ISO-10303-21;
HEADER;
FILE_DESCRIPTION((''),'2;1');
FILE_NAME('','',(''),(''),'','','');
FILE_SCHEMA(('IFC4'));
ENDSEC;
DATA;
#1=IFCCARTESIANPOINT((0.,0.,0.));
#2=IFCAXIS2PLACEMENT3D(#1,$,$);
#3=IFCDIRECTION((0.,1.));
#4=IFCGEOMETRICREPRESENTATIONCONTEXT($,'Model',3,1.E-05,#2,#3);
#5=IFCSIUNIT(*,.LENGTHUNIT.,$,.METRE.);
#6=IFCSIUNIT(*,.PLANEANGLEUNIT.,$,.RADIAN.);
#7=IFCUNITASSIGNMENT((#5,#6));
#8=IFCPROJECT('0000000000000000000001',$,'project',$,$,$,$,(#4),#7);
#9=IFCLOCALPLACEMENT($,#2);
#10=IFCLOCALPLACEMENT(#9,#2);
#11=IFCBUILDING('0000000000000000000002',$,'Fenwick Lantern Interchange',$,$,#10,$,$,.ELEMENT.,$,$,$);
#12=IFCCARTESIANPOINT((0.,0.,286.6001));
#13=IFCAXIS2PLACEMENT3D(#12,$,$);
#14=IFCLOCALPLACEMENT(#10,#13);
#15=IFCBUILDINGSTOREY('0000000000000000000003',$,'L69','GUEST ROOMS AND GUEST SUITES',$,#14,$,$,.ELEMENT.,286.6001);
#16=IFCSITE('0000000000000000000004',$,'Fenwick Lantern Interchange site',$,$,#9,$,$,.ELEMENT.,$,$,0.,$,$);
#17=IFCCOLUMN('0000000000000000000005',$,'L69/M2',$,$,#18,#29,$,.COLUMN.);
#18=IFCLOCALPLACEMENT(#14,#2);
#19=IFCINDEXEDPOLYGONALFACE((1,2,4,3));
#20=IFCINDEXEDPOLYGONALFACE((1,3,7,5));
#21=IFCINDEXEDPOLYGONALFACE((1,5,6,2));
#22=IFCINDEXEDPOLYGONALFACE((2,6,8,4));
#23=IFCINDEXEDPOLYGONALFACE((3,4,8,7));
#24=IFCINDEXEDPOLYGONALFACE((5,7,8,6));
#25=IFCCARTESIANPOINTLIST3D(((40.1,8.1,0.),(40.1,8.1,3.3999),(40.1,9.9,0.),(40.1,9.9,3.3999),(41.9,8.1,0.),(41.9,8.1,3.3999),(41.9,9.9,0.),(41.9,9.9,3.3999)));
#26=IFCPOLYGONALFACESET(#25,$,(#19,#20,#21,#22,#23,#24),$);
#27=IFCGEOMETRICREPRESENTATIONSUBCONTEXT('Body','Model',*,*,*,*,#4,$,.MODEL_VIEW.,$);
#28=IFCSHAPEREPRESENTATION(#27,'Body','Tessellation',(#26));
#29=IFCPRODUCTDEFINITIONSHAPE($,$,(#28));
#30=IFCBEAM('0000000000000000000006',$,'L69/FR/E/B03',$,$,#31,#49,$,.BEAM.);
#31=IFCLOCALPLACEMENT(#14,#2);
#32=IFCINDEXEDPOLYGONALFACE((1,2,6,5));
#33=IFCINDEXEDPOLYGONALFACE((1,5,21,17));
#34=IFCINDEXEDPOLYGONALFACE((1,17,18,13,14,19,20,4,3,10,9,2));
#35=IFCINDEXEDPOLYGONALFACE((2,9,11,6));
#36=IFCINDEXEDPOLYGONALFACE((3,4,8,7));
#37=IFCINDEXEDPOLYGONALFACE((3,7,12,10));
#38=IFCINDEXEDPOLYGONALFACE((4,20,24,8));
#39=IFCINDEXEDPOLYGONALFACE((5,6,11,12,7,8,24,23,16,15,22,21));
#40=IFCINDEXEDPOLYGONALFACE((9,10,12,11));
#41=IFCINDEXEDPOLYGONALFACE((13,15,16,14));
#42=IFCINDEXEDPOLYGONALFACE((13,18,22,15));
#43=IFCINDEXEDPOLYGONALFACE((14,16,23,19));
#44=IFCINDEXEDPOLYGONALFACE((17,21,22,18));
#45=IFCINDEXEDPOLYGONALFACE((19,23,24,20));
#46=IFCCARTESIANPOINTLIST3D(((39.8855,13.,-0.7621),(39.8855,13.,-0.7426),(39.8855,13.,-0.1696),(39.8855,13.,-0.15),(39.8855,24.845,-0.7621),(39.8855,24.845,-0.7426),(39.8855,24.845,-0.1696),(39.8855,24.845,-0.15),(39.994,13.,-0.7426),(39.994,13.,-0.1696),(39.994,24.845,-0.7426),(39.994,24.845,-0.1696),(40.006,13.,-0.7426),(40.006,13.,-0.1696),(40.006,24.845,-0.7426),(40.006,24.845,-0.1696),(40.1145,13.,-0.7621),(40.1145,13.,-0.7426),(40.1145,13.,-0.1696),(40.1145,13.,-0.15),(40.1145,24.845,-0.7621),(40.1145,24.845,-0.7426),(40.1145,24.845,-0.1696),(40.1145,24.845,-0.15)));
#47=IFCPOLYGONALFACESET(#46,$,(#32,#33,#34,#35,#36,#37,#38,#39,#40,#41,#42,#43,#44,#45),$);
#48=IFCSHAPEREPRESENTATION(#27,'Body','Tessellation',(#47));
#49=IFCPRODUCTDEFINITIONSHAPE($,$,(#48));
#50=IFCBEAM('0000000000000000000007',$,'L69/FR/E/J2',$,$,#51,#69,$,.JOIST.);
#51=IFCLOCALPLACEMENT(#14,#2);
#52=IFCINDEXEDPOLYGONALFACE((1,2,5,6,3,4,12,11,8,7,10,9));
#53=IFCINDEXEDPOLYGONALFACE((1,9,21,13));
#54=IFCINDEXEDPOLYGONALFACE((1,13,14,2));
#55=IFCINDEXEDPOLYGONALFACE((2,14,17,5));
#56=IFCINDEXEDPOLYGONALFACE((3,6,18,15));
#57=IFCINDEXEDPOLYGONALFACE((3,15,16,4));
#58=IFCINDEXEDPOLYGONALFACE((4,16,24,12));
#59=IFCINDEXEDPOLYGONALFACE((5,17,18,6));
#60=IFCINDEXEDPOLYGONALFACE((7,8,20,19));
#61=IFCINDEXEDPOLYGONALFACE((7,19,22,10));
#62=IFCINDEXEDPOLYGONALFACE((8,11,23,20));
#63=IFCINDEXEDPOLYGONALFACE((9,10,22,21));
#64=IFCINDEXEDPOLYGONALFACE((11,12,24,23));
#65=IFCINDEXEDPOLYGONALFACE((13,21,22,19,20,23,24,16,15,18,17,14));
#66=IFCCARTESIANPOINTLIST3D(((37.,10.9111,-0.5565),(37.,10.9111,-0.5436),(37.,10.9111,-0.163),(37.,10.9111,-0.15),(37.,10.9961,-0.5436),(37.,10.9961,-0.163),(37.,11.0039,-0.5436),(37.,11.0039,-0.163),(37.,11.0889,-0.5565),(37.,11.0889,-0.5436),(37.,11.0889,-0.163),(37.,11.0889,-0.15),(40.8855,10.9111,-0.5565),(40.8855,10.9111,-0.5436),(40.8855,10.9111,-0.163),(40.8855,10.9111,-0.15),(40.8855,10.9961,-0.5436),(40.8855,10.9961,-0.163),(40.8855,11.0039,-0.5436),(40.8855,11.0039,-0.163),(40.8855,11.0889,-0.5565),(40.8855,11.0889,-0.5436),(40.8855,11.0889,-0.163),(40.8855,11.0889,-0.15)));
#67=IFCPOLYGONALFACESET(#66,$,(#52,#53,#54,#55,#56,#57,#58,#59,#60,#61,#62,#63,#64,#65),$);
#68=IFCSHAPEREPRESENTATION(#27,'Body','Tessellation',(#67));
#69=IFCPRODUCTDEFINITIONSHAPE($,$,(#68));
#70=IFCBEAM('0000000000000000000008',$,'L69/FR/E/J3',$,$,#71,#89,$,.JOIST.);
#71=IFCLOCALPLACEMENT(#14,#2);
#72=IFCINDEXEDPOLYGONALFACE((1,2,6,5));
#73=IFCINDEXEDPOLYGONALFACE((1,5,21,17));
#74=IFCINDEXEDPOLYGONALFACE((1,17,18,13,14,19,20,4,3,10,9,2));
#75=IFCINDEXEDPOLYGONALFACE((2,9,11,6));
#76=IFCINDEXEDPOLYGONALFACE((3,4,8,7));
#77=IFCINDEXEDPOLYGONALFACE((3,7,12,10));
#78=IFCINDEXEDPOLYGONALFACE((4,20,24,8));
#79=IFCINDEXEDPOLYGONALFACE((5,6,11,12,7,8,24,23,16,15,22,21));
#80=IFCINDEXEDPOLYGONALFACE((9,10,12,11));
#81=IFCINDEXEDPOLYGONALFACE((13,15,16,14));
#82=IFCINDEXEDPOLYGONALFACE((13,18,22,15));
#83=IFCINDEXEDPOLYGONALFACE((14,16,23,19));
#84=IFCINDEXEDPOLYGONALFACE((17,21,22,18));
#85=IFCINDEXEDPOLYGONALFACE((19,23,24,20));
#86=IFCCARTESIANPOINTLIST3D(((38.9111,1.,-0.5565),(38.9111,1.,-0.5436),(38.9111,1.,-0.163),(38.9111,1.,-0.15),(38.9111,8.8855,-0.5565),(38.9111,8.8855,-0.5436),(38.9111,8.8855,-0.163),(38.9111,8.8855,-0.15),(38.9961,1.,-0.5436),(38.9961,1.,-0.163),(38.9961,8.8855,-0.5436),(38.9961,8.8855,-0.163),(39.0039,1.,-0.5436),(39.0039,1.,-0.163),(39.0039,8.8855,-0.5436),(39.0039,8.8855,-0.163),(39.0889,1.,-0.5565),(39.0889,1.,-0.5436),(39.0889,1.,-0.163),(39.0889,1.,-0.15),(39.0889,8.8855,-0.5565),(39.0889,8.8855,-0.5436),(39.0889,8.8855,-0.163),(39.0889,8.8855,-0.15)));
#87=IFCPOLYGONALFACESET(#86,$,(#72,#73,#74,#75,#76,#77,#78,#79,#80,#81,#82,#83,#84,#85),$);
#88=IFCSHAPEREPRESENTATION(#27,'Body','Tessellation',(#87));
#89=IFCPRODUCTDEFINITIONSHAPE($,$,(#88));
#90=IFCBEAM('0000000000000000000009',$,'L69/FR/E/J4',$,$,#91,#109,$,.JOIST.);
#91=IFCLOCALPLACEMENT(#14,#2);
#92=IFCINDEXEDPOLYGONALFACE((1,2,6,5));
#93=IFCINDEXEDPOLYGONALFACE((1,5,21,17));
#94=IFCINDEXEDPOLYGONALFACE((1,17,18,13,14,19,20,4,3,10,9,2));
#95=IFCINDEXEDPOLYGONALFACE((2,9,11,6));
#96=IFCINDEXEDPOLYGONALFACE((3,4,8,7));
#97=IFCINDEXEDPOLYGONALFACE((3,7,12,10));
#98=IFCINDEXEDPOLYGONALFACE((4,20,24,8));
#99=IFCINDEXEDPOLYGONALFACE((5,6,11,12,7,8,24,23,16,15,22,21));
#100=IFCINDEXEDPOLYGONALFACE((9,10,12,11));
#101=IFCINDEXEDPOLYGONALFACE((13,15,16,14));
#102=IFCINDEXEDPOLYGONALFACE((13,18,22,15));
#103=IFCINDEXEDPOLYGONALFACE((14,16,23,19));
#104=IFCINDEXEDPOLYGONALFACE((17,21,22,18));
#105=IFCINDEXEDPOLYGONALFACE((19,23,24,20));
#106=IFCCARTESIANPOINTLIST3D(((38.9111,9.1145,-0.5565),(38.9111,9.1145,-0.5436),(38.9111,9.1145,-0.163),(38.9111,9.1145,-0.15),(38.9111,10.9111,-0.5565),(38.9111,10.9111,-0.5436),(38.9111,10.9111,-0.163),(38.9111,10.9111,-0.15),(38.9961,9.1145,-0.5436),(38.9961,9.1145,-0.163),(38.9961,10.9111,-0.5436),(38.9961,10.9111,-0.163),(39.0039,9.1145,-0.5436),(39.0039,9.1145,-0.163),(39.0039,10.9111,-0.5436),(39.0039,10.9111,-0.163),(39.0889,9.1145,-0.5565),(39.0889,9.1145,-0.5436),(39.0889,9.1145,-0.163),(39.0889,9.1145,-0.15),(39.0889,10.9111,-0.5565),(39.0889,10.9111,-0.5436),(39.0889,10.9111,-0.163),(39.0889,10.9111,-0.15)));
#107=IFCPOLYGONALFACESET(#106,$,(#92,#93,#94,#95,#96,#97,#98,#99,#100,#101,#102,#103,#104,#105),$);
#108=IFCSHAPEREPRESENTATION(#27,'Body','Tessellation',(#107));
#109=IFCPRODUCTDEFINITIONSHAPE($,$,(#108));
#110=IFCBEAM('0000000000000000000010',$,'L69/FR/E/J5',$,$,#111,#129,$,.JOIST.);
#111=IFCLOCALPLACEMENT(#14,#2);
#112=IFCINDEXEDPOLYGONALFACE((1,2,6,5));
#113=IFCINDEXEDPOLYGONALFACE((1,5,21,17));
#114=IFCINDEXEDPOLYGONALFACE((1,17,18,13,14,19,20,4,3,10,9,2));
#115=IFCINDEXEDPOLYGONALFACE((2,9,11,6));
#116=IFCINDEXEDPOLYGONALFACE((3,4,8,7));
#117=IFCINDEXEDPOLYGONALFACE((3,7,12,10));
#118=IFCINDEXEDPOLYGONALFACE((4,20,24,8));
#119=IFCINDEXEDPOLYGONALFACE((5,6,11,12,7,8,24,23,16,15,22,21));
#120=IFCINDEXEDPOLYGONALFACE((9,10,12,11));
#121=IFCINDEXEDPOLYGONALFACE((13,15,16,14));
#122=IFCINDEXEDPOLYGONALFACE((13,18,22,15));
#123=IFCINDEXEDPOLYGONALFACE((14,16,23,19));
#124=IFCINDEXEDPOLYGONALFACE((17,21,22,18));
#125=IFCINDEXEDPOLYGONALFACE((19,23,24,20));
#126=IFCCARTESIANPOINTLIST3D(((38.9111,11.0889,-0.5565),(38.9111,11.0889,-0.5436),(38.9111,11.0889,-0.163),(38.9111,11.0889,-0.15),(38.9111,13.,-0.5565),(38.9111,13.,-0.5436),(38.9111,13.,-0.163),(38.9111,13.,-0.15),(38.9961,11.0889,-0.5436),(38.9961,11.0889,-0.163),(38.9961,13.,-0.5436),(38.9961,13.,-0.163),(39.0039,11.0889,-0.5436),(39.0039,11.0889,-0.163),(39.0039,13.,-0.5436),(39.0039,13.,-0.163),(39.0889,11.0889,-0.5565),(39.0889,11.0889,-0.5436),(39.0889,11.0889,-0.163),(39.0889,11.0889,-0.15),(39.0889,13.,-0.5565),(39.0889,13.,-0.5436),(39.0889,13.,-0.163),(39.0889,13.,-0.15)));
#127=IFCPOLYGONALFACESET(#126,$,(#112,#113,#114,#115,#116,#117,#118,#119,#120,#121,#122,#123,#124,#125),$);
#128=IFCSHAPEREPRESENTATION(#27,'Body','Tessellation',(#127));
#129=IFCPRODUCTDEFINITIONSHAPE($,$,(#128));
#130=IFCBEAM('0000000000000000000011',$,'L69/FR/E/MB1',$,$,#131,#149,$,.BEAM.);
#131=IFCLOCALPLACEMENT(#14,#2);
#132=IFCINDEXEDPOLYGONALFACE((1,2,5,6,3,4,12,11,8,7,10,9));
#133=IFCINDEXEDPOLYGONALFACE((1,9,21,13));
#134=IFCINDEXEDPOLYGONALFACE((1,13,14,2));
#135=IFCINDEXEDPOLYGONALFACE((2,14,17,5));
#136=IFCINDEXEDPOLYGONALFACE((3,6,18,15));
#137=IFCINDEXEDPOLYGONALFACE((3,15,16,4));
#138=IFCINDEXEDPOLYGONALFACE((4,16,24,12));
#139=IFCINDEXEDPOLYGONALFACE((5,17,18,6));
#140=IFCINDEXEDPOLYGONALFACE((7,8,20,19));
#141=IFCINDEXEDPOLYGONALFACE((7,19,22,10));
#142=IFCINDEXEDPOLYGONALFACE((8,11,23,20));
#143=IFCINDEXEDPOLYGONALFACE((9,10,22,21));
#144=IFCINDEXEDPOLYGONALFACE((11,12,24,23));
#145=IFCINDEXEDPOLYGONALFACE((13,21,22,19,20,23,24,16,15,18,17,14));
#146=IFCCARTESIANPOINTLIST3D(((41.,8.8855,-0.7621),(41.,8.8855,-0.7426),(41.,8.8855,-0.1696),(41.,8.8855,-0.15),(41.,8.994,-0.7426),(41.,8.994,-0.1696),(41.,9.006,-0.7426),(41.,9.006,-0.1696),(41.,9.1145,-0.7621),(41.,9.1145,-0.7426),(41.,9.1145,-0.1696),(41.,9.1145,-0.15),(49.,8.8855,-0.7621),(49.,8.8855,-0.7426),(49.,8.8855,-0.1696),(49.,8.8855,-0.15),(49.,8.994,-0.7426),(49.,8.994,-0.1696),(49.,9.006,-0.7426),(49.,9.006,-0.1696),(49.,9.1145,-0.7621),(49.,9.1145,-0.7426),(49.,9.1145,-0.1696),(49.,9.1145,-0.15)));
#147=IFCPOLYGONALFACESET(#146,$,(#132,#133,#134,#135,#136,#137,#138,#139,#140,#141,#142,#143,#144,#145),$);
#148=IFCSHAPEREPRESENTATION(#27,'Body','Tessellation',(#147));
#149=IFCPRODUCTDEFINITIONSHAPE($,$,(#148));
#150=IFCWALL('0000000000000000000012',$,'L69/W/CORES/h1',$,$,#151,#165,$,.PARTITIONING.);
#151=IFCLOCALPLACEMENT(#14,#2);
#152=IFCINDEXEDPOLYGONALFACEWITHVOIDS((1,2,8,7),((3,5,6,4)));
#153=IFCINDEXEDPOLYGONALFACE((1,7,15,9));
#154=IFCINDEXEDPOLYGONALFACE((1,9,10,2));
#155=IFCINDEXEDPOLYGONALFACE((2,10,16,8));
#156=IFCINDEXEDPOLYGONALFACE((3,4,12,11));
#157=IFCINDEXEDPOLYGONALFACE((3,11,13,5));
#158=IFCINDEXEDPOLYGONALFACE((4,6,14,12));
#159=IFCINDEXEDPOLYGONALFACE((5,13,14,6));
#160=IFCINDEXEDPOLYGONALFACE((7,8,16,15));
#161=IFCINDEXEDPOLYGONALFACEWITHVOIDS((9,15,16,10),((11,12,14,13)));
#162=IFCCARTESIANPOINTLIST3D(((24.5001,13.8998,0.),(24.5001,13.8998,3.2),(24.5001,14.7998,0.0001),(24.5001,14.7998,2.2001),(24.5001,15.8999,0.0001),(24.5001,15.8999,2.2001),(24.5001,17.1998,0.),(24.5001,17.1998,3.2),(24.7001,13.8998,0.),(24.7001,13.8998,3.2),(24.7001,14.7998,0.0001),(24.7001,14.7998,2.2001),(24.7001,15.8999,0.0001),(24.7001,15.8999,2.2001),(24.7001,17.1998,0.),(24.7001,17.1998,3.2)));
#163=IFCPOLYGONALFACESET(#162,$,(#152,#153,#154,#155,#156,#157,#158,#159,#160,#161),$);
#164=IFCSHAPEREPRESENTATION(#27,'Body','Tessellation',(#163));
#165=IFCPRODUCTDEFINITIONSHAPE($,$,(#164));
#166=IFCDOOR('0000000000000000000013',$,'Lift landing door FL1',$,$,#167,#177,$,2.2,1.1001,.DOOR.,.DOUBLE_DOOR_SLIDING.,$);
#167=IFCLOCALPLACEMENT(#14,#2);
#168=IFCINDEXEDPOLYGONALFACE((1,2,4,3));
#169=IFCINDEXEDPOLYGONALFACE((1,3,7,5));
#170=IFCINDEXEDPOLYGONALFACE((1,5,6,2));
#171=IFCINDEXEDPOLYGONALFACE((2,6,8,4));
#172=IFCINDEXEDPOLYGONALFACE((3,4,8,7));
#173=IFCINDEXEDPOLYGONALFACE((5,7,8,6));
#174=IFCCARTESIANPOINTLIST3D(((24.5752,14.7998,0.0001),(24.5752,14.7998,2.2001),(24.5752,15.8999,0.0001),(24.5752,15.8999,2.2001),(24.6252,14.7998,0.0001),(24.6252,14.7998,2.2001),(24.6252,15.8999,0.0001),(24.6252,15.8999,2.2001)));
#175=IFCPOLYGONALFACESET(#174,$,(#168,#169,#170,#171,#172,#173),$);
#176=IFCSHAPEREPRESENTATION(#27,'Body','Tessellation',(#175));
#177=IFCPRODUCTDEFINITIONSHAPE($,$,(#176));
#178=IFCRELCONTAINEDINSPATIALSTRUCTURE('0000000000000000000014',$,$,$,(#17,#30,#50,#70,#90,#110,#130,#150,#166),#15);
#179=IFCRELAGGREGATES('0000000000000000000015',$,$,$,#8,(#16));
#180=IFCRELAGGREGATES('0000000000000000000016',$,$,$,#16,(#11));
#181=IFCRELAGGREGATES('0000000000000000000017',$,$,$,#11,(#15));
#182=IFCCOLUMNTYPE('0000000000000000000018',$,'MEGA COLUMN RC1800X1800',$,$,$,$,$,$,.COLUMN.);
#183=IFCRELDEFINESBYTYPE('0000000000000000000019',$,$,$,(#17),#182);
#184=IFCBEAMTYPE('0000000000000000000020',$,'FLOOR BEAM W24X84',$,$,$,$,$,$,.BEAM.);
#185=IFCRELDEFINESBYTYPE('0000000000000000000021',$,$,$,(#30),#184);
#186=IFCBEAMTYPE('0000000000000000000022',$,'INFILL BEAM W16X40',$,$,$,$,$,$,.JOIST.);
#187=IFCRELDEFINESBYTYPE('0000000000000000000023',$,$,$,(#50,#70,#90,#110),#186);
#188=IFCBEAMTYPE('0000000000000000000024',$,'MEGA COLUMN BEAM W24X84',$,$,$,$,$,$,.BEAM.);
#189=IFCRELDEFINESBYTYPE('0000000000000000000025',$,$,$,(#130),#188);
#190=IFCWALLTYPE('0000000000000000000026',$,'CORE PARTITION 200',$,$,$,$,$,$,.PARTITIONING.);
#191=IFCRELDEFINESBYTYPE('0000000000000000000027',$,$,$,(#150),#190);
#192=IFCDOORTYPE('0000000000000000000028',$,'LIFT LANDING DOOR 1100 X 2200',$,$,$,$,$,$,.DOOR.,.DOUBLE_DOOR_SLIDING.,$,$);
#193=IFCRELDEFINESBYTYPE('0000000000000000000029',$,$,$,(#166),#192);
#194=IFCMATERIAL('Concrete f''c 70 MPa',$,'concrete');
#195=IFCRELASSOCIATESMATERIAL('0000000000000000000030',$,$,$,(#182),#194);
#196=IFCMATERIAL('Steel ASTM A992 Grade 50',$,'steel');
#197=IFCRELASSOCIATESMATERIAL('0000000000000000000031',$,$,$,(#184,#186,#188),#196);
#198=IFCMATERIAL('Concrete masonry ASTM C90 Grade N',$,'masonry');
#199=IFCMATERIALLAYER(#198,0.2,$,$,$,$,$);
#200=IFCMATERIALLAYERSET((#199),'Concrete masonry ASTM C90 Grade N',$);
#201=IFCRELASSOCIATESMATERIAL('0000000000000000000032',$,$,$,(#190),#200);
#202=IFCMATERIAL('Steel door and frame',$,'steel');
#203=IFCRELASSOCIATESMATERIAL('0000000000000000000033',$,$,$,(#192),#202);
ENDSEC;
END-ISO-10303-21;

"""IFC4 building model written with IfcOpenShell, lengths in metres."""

from ifc_helpers import new_model, si_unit, direction, frame, frame_2d, origin, origin_2d, place, context, subcontext, project, spatial, rectangle, i_section, extrude, material, layer, layer_set, material_profile, profile_set, type_object, element, fill, save


model = new_model("IFC4")

# Units and contexts
model_context = context("Model", 3, precision=1e-05, world=origin(), true_north=direction((0.0, 1.0)))
body_context = subcontext(model_context, "Body", "Model", "MODEL_VIEW")
ifc_project = project(units=[si_unit("LENGTHUNIT", "METRE"), si_unit("PLANEANGLEUNIT", "RADIAN")], contexts=[model_context])

# Site, building, storey
site_placement = place(None, origin())
site = spatial("IfcSite", under=ifc_project, at=site_placement, Name="Fenwick Lantern Interchange site", CompositionType="ELEMENT", RefElevation=0.0)
building_placement = place(site_placement, origin())
building = spatial("IfcBuilding", under=site, at=building_placement, Name="Fenwick Lantern Interchange", CompositionType="ELEMENT")
storey_placement = place(building_placement, frame((0.0, 0.0, 286.6001)))
storey = spatial("IfcBuildingStorey", under=building, at=storey_placement, Name="L69", Description="GUEST ROOMS AND GUEST SUITES", CompositionType="ELEMENT", Elevation=286.6001)

# Column
ifc_material_1 = material(Name="Concrete f'c 70 MPa", Category="concrete")
ifc_material_profile_1 = material_profile(ifc_material_1, rectangle(XDim=1.8, YDim=1.8, at=origin_2d()), Name="RC1800X1800")
ifc_profile_set_1 = profile_set([ifc_material_profile_1], Name="Concrete f'c 70 MPa")
column_type = type_object("IfcColumnType", Name="MEGA COLUMN RC1800X1800", PredefinedType="COLUMN", material=ifc_profile_set_1)
column_placement = place(storey_placement, frame((41.0, 9.0, 0.0), z_axis=(0.0, 0.0, 1.0), x_axis=(1.0, 0.0, 0.0)))
element("IfcColumn", 1, at=column_placement, inside=storey, type_object=column_type, Name="L69/M2", PredefinedType="COLUMN", context=body_context, shape_type="SweptSolid", body=[
    extrude(rectangle(XDim=1.8, YDim=1.8, at=origin_2d()), origin(), (0.0, 0.0, 1.0), 3.3999),
])

# Beams
ifc_material_2 = material(Name="Steel ASTM A992 Grade 50", Category="steel")
ifc_material_profile_2 = material_profile(ifc_material_2, i_section(OverallWidth=0.229, OverallDepth=0.6121, WebThickness=0.012, FlangeThickness=0.0195, at=origin_2d()), Name="W24X84")
ifc_profile_set_2 = profile_set([ifc_material_profile_2], Name="Steel ASTM A992 Grade 50")
beam_type_1 = type_object("IfcBeamType", Name="FLOOR BEAM W24X84", PredefinedType="BEAM", material=ifc_profile_set_2)
beam_1_placement = place(storey_placement, frame((40.0, 13.0, -0.4561), z_axis=(0.0, 1.0, 0.0), x_axis=(-1.0, 0.0, 0.0)))
element("IfcBeam", 2, at=beam_1_placement, inside=storey, type_object=beam_type_1, Name="L69/FR/E/B03", PredefinedType="BEAM", context=body_context, shape_type="SweptSolid", body=[
    extrude(i_section(OverallWidth=0.229, OverallDepth=0.6121, WebThickness=0.012, FlangeThickness=0.0195, at=origin_2d()), origin(), (0.0, 0.0, 1.0), 11.845),
])
ifc_material_profile_3 = material_profile(ifc_material_2, i_section(OverallWidth=0.1777, OverallDepth=0.4065, WebThickness=0.0078, FlangeThickness=0.0129, at=origin_2d()), Name="W16X40")
ifc_profile_set_3 = profile_set([ifc_material_profile_3], Name="Steel ASTM A992 Grade 50")
beam_type_2 = type_object("IfcBeamType", Name="INFILL BEAM W16X40", PredefinedType="JOIST", material=ifc_profile_set_3)
beam_2_placement = place(storey_placement, frame((40.8855, 11.0, -0.3533), z_axis=(-1.0, 0.0, 0.0), x_axis=(0.0, -1.0, 0.0)))
element("IfcBeam", 3, at=beam_2_placement, inside=storey, type_object=beam_type_2, Name="L69/FR/E/J2", PredefinedType="JOIST", context=body_context, shape_type="SweptSolid", body=[
    extrude(i_section(OverallWidth=0.1777, OverallDepth=0.4065, WebThickness=0.0078, FlangeThickness=0.0129, at=origin_2d()), origin(), (0.0, 0.0, 1.0), 3.8855),
])
beam_3_placement = place(storey_placement, frame((39.0, 1.0, -0.3533), z_axis=(0.0, 1.0, 0.0), x_axis=(-1.0, 0.0, 0.0)))
element("IfcBeam", 4, at=beam_3_placement, inside=storey, type_object=beam_type_2, Name="L69/FR/E/J3", PredefinedType="JOIST", context=body_context, shape_type="SweptSolid", body=[
    extrude(i_section(OverallWidth=0.1777, OverallDepth=0.4065, WebThickness=0.0078, FlangeThickness=0.0129, at=origin_2d()), origin(), (0.0, 0.0, 1.0), 7.8855),
])
beam_4_placement = place(storey_placement, frame((39.0, 9.1145, -0.3533), z_axis=(0.0, 1.0, 0.0), x_axis=(-1.0, 0.0, 0.0)))
element("IfcBeam", 5, at=beam_4_placement, inside=storey, type_object=beam_type_2, Name="L69/FR/E/J4", PredefinedType="JOIST", context=body_context, shape_type="SweptSolid", body=[
    extrude(i_section(OverallWidth=0.1777, OverallDepth=0.4065, WebThickness=0.0078, FlangeThickness=0.0129, at=origin_2d()), origin(), (0.0, 0.0, 1.0), 1.7966),
])
beam_5_placement = place(storey_placement, frame((39.0, 11.0889, -0.3533), z_axis=(0.0, 1.0, 0.0), x_axis=(-1.0, 0.0, 0.0)))
element("IfcBeam", 6, at=beam_5_placement, inside=storey, type_object=beam_type_2, Name="L69/FR/E/J5", PredefinedType="JOIST", context=body_context, shape_type="SweptSolid", body=[
    extrude(i_section(OverallWidth=0.1777, OverallDepth=0.4065, WebThickness=0.0078, FlangeThickness=0.0129, at=origin_2d()), origin(), (0.0, 0.0, 1.0), 1.9111),
])
ifc_material_profile_4 = material_profile(ifc_material_2, i_section(OverallWidth=0.229, OverallDepth=0.6121, WebThickness=0.012, FlangeThickness=0.0195, at=origin_2d()), Name="W24X84")
ifc_profile_set_4 = profile_set([ifc_material_profile_4], Name="Steel ASTM A992 Grade 50")
beam_type_3 = type_object("IfcBeamType", Name="MEGA COLUMN BEAM W24X84", PredefinedType="BEAM", material=ifc_profile_set_4)
beam_6_placement = place(storey_placement, frame((41.0, 9.0, -0.4561), z_axis=(1.0, 0.0, 0.0), x_axis=(0.0, 1.0, 0.0)))
element("IfcBeam", 7, at=beam_6_placement, inside=storey, type_object=beam_type_3, Name="L69/FR/E/MB1", PredefinedType="BEAM", context=body_context, shape_type="SweptSolid", body=[
    extrude(i_section(OverallWidth=0.229, OverallDepth=0.6121, WebThickness=0.012, FlangeThickness=0.0195, at=origin_2d()), origin(), (0.0, 0.0, 1.0), 8.0),
])

# Wall, opening, door
ifc_material_3 = material(Name="Concrete masonry ASTM C90 Grade N", Category="masonry")
ifc_layer_1 = layer(ifc_material_3, 0.2)
ifc_layer_set_1 = layer_set([ifc_layer_1], Name="Concrete masonry ASTM C90 Grade N")
wall_type_1 = type_object("IfcWallType", Name="CORE PARTITION 200", PredefinedType="PARTITIONING", material=ifc_layer_set_1)
wall_1_placement = place(storey_placement, frame((24.6001, 13.8999, 0.0), z_axis=(0.0, 0.0, 1.0), x_axis=(0.0, 1.0, 0.0)))
wall_1 = element("IfcWall", 8, at=wall_1_placement, inside=storey, type_object=wall_type_1, Name="L69/W/CORES/h1", PredefinedType="PARTITIONING", context=body_context, shape_type="SweptSolid", body=[
    extrude(rectangle(XDim=3.3, YDim=0.2, at=frame_2d((1.6499, 0.0))), origin(), (0.0, 0.0, 1.0), 3.2),
])
opening_1_placement = place(wall_1_placement, frame((0.8999, 0.0, 0.0)))
opening_1 = element("IfcOpeningElement", 9, at=opening_1_placement, cuts=wall_1, PredefinedType="OPENING", context=body_context, shape_type="SweptSolid", body=[
    extrude(rectangle(XDim=1.1001, YDim=2.2, at=frame_2d((0.55, 1.1001))), frame((0.0, 0.1099, 0.0), z_axis=(0.0, -1.0, 0.0), x_axis=(1.0, 0.0, 0.0)), (0.0, 0.0, 1.0), 0.22),
])
ifc_material_4 = material(Name="Steel door and frame", Category="steel")
door_type_1 = type_object("IfcDoorType", Name="LIFT LANDING DOOR 1100 X 2200", OperationType="DOUBLE_DOOR_SLIDING", PredefinedType="DOOR", material=ifc_material_4)
door_1_placement = place(opening_1_placement, origin())
door_1 = element("IfcDoor", 10, at=door_1_placement, inside=storey, type_object=door_type_1, Name="Lift landing door FL1", OperationType="DOUBLE_DOOR_SLIDING", OverallHeight=2.2, OverallWidth=1.1001, PredefinedType="DOOR", context=body_context, shape_type="SweptSolid", body=[
    extrude(rectangle(XDim=1.1001, YDim=2.2, at=frame_2d((0.55, 1.1001))), frame((0.0, 0.0249, 0.0), z_axis=(0.0, -1.0, 0.0), x_axis=(1.0, 0.0, 0.0)), (0.0, 0.0, 1.0), 0.05),
])
fill(opening_1, door_1)

save(model, "model.ifc")
